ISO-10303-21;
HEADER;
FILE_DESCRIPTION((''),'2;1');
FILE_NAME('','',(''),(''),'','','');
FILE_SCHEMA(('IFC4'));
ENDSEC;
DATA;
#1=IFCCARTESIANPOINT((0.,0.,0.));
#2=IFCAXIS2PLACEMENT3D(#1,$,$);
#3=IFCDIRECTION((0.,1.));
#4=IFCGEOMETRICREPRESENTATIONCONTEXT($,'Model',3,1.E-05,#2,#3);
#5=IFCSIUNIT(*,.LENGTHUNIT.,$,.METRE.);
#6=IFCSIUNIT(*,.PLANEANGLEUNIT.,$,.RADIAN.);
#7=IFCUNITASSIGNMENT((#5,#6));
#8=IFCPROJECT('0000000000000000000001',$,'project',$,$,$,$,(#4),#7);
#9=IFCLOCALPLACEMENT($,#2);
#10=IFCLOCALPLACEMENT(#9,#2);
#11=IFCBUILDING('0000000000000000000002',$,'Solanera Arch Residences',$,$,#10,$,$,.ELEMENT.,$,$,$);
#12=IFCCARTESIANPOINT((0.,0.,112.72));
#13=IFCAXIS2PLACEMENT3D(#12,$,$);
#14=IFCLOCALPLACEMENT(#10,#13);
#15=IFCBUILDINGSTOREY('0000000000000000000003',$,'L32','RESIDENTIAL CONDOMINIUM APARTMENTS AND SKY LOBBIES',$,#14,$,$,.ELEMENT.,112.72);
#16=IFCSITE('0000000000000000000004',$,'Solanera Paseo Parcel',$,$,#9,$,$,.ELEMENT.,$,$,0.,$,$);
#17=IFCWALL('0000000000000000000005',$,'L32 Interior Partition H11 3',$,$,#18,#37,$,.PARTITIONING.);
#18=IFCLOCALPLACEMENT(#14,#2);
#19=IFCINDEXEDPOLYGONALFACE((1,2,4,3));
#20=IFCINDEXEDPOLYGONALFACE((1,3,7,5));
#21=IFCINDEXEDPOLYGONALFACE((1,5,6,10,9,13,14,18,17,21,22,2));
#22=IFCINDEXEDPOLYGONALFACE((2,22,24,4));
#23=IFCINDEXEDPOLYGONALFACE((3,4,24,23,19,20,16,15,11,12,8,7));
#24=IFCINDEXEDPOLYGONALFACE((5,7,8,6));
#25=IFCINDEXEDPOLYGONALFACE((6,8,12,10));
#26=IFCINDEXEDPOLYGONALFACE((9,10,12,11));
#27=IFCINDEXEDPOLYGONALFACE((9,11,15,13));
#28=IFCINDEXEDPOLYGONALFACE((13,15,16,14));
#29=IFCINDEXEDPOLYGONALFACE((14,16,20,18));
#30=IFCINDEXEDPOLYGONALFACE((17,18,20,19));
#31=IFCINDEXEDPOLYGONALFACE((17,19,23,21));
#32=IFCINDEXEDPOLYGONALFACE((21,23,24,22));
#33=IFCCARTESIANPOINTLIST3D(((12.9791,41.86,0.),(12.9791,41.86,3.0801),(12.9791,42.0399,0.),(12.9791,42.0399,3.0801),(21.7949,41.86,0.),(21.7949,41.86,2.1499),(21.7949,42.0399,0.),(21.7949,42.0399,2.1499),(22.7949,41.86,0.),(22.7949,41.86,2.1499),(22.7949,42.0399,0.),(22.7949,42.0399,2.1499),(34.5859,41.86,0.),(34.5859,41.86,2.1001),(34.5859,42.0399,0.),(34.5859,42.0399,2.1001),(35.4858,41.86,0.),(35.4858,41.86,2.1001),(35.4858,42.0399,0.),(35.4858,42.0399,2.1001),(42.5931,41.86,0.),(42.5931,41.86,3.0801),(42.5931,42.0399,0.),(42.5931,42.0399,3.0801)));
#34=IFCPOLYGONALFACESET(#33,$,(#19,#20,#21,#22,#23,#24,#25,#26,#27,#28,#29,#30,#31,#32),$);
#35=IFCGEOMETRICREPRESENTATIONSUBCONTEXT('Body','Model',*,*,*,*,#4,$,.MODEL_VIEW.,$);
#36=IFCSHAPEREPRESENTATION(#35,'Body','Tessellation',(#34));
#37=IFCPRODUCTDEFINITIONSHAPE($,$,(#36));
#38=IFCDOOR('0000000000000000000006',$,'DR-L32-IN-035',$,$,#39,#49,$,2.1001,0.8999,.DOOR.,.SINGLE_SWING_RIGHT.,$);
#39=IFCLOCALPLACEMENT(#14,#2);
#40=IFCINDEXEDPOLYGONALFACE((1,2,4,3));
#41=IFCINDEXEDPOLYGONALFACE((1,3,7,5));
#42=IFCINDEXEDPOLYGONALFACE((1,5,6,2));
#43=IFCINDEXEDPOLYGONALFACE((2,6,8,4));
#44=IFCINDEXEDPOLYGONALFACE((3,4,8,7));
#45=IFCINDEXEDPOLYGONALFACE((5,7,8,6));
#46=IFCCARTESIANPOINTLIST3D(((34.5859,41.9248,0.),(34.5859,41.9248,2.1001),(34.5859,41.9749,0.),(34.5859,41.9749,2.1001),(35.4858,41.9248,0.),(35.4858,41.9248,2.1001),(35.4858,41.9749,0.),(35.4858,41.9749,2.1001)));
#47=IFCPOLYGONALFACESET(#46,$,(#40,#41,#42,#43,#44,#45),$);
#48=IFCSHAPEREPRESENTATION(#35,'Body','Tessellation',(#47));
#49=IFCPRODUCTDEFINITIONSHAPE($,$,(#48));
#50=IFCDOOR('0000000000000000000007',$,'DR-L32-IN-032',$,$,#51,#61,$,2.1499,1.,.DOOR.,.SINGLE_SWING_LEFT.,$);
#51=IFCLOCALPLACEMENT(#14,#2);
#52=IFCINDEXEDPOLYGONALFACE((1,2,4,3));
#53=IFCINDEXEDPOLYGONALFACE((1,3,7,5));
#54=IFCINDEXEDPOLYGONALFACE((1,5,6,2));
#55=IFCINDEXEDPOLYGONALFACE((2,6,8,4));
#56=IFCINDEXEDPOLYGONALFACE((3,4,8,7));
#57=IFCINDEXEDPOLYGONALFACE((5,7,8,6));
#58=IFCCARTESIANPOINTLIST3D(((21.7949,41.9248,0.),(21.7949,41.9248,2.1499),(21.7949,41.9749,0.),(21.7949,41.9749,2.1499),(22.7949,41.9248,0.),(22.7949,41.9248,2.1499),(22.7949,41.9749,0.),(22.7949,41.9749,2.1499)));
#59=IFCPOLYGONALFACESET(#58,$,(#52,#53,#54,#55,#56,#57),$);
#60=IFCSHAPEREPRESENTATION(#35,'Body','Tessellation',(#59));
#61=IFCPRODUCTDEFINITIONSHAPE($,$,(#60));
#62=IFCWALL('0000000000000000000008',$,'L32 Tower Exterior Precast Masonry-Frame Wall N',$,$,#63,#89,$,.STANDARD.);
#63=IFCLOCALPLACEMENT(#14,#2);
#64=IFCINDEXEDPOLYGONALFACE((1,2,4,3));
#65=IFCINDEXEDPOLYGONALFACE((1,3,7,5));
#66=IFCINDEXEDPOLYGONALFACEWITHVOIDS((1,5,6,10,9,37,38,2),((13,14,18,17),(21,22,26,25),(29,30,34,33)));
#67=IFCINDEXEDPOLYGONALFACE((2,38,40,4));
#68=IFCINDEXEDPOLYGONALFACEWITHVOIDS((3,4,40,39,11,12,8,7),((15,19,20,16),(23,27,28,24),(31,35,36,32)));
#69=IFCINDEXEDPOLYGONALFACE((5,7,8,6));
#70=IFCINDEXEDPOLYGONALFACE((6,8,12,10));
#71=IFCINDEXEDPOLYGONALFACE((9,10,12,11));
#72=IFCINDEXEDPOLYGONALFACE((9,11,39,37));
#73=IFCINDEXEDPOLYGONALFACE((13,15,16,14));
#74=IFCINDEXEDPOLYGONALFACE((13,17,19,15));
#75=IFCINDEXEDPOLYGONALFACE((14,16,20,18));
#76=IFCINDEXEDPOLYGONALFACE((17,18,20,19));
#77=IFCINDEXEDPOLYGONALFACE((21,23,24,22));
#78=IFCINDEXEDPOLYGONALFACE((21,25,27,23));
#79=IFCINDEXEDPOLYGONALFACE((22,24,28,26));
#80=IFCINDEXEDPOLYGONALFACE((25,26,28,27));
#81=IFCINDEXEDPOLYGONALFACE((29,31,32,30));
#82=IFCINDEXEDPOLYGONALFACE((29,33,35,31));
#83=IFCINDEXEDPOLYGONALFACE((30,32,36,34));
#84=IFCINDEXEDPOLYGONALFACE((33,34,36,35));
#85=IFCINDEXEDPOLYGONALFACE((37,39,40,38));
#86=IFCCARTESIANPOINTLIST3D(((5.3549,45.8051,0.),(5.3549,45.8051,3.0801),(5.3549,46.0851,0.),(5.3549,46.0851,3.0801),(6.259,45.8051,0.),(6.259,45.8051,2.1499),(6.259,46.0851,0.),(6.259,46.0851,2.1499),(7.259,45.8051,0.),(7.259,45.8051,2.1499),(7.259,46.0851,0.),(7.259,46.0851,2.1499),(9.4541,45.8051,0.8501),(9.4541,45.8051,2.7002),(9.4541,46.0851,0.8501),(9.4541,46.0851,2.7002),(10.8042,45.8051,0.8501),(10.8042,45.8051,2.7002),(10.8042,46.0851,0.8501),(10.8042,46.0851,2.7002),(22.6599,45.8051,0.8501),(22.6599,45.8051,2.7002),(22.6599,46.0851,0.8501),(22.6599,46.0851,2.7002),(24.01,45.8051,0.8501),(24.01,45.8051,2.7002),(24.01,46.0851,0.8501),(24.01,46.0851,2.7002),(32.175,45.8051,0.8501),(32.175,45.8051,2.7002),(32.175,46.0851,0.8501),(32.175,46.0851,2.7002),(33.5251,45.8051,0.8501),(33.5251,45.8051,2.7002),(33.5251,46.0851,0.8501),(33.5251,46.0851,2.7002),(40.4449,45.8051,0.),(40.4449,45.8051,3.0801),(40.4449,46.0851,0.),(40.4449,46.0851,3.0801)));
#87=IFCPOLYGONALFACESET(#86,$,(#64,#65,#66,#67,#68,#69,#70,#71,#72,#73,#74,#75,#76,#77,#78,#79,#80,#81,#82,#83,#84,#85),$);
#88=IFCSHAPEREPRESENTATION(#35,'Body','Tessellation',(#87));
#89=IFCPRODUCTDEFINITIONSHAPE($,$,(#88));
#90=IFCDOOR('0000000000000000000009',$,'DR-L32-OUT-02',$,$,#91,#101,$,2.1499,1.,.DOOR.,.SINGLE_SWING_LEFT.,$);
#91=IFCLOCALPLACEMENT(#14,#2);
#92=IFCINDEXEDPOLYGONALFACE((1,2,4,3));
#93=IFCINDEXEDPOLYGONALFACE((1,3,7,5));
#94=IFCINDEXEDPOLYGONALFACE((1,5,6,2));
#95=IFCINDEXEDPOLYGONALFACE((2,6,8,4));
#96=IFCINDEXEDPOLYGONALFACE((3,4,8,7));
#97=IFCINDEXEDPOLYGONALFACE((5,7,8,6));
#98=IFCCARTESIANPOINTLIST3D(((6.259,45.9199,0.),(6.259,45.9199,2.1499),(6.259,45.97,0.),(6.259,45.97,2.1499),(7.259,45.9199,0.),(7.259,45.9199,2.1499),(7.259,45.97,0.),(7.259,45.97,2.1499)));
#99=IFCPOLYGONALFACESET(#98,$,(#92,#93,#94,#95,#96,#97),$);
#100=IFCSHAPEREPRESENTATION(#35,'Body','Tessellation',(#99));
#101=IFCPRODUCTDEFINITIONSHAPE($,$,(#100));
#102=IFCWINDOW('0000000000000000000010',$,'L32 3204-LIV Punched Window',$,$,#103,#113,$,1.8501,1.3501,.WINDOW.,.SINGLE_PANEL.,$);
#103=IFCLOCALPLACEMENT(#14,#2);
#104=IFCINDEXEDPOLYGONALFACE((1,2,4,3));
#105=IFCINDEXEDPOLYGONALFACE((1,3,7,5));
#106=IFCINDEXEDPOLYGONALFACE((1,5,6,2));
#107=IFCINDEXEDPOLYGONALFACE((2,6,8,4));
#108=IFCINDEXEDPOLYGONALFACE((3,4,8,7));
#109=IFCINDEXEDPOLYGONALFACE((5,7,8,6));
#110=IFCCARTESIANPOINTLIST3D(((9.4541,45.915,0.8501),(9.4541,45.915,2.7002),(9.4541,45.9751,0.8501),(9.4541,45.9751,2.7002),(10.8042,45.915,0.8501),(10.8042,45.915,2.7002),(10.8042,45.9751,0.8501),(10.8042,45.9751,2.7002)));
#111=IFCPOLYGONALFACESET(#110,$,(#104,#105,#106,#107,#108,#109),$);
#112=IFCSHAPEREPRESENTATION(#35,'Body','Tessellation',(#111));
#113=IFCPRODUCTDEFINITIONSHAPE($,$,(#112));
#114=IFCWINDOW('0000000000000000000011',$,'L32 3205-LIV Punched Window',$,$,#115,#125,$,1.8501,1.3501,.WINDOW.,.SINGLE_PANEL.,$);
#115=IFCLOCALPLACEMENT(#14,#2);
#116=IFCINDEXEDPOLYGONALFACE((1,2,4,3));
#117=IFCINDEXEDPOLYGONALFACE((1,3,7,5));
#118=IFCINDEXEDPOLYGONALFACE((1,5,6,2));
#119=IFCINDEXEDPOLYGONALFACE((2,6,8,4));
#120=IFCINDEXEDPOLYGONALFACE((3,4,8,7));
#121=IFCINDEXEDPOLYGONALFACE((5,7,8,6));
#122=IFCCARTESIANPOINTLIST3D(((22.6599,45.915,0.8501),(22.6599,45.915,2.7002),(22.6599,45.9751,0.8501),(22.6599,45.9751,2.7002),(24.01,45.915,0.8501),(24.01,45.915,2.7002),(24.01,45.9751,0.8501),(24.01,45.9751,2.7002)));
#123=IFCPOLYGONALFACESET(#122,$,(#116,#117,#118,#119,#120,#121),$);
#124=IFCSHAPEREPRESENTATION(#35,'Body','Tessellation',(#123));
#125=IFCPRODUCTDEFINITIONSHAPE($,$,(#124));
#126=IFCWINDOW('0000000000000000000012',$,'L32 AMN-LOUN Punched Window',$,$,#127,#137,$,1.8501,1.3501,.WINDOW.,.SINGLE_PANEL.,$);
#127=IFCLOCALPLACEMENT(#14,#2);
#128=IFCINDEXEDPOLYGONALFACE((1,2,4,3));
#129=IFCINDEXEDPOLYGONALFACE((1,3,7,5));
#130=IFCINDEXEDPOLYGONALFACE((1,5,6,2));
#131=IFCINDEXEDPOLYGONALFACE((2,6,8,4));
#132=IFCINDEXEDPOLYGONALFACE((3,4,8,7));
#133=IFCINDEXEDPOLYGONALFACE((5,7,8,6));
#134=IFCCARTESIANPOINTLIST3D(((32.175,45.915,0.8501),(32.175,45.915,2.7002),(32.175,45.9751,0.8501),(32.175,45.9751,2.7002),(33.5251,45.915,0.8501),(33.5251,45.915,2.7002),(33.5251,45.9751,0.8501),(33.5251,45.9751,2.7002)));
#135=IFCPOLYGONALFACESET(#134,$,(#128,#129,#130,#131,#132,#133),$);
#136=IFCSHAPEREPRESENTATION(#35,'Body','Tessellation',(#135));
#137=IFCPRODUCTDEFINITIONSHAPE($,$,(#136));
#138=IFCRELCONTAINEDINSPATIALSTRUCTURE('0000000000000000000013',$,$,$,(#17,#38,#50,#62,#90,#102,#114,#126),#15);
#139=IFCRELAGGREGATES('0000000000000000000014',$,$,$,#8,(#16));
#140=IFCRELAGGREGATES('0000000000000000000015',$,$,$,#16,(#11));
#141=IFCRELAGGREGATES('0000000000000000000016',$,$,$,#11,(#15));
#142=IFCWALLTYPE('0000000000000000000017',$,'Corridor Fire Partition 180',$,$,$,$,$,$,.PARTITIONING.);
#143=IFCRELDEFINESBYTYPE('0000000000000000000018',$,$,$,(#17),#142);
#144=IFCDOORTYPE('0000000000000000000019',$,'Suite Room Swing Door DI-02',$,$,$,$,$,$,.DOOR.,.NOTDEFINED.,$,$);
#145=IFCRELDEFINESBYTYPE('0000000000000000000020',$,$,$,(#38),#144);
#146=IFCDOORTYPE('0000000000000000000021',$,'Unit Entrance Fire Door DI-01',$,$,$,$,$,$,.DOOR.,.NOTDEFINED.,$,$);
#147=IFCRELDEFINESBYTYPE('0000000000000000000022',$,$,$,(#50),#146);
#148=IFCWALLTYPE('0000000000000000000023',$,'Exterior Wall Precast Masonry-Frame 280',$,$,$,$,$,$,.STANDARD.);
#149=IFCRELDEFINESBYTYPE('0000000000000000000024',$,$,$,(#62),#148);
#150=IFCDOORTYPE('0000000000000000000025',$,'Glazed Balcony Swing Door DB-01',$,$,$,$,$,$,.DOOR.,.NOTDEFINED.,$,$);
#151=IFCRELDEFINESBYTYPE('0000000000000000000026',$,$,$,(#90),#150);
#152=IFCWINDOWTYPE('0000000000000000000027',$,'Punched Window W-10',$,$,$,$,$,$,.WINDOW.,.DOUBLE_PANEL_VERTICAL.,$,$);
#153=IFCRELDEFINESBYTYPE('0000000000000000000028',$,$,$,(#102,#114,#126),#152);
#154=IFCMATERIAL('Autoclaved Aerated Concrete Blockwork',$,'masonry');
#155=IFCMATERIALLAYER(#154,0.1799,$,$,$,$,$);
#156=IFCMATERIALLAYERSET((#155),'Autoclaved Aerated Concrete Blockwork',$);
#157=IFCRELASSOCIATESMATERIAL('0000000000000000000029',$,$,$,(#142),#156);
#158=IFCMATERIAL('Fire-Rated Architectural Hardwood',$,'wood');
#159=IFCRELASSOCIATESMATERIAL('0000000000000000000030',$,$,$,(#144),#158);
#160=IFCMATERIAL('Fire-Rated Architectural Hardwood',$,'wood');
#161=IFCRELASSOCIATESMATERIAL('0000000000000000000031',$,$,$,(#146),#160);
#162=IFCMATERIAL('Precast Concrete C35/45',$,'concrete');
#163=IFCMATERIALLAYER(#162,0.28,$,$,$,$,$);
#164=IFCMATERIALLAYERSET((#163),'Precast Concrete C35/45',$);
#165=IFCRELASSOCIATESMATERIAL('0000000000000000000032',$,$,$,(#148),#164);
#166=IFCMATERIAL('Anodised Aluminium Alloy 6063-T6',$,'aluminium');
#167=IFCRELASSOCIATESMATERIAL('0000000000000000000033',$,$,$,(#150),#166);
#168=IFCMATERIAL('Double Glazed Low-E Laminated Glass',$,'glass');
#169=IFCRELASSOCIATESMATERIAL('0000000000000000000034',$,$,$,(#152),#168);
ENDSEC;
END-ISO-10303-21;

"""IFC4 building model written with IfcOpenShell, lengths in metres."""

from ifc_helpers import new_model, si_unit, direction, frame, frame_2d, origin, place, context, subcontext, project, spatial, rectangle, extrude, material, layer, layer_set, type_object, element, fill, save


model = new_model("IFC4")

# Units and contexts
model_context = context("Model", 3, precision=1e-05, world=origin(), true_north=direction((0.0, 1.0)))
body_context = subcontext(model_context, "Body", "Model", "MODEL_VIEW")
ifc_project = project(units=[si_unit("LENGTHUNIT", "METRE"), si_unit("PLANEANGLEUNIT", "RADIAN")], contexts=[model_context])

# Site, building, storey
site_placement = place(None, origin())
site = spatial("IfcSite", under=ifc_project, at=site_placement, Name="Solanera Paseo Parcel", CompositionType="ELEMENT", RefElevation=0.0)
building_placement = place(site_placement, origin())
building = spatial("IfcBuilding", under=site, at=building_placement, Name="Solanera Arch Residences", CompositionType="ELEMENT")
storey_placement = place(building_placement, frame((0.0, 0.0, 112.72)))
storey = spatial("IfcBuildingStorey", under=building, at=storey_placement, Name="L32", Description="RESIDENTIAL CONDOMINIUM APARTMENTS AND SKY LOBBIES", CompositionType="ELEMENT", Elevation=112.72)

# Wall, openings, doors
ifc_material_1 = material(Name="Autoclaved Aerated Concrete Blockwork", Category="masonry")
ifc_layer_1 = layer(ifc_material_1, 0.1799)
ifc_layer_set_1 = layer_set([ifc_layer_1], Name="Autoclaved Aerated Concrete Blockwork")
wall_type_1 = type_object("IfcWallType", Name="Corridor Fire Partition 180", PredefinedType="PARTITIONING", material=ifc_layer_set_1)
wall_1_placement = place(storey_placement, frame((12.979, 41.95, 0.0), z_axis=(0.0, 0.0, 1.0), x_axis=(1.0, 0.0, 0.0)))
wall_1 = element("IfcWall", 1, at=wall_1_placement, inside=storey, type_object=wall_type_1, Name="L32 Interior Partition H11 3", PredefinedType="PARTITIONING", context=body_context, shape_type="SweptSolid", body=[
    extrude(rectangle(XDim=29.614, YDim=0.1799, at=frame_2d((14.8071, 0.0))), origin(), (0.0, 0.0, 1.0), 3.0801),
])
opening_1_placement = place(wall_1_placement, frame((8.8159, 0.0, 0.0)))
opening_1 = element("IfcOpeningElement", 2, at=opening_1_placement, cuts=wall_1, PredefinedType="OPENING", context=body_context, shape_type="SweptSolid", body=[
    extrude(rectangle(XDim=1.0, YDim=2.1499, at=frame_2d((0.5, 1.075))), frame((0.0, 0.1001, 0.0), z_axis=(0.0, -1.0, 0.0), x_axis=(1.0, 0.0, 0.0)), (0.0, 0.0, 1.0), 0.1999),
])
opening_2_placement = place(wall_1_placement, frame((21.6069, 0.0, 0.0)))
opening_2 = element("IfcOpeningElement", 3, at=opening_2_placement, cuts=wall_1, PredefinedType="OPENING", context=body_context, shape_type="SweptSolid", body=[
    extrude(rectangle(XDim=0.8999, YDim=2.1001, at=frame_2d((0.45, 1.05))), frame((0.0, 0.1001, 0.0), z_axis=(0.0, -1.0, 0.0), x_axis=(1.0, 0.0, 0.0)), (0.0, 0.0, 1.0), 0.1999),
])
ifc_material_2 = material(Name="Fire-Rated Architectural Hardwood", Category="wood")
door_type_1 = type_object("IfcDoorType", Name="Suite Room Swing Door DI-02", OperationType="NOTDEFINED", PredefinedType="DOOR", material=ifc_material_2)
door_1_placement = place(opening_2_placement, origin())
door_1 = element("IfcDoor", 4, at=door_1_placement, inside=storey, type_object=door_type_1, Name="DR-L32-IN-035", OperationType="SINGLE_SWING_RIGHT", OverallHeight=2.1001, OverallWidth=0.8999, PredefinedType="DOOR", context=body_context, shape_type="SweptSolid", body=[
    extrude(rectangle(XDim=0.8999, YDim=2.1001, at=frame_2d((0.45, 1.05))), frame((0.0, 0.0249, 0.0), z_axis=(0.0, -1.0, 0.0), x_axis=(1.0, 0.0, 0.0)), (0.0, 0.0, 1.0), 0.05),
])
fill(opening_2, door_1)
ifc_material_3 = material(Name="Fire-Rated Architectural Hardwood", Category="wood")
door_type_2 = type_object("IfcDoorType", Name="Unit Entrance Fire Door DI-01", OperationType="NOTDEFINED", PredefinedType="DOOR", material=ifc_material_3)
door_2_placement = place(opening_1_placement, origin())
door_2 = element("IfcDoor", 5, at=door_2_placement, inside=storey, type_object=door_type_2, Name="DR-L32-IN-032", OperationType="SINGLE_SWING_LEFT", OverallHeight=2.1499, OverallWidth=1.0, PredefinedType="DOOR", context=body_context, shape_type="SweptSolid", body=[
    extrude(rectangle(XDim=1.0, YDim=2.1499, at=frame_2d((0.5, 1.075))), frame((0.0, 0.0249, 0.0), z_axis=(0.0, -1.0, 0.0), x_axis=(1.0, 0.0, 0.0)), (0.0, 0.0, 1.0), 0.05),
])
fill(opening_1, door_2)

# Wall, openings, door, windows
ifc_material_4 = material(Name="Precast Concrete C35/45", Category="concrete")
ifc_layer_2 = layer(ifc_material_4, 0.28)
ifc_layer_set_2 = layer_set([ifc_layer_2], Name="Precast Concrete C35/45")
wall_type_2 = type_object("IfcWallType", Name="Exterior Wall Precast Masonry-Frame 280", PredefinedType="STANDARD", material=ifc_layer_set_2)
wall_2_placement = place(storey_placement, frame((5.355, 45.9451, 0.0), z_axis=(0.0, 0.0, 1.0), x_axis=(1.0, 0.0, 0.0)))
wall_2 = element("IfcWall", 6, at=wall_2_placement, inside=storey, type_object=wall_type_2, Name="L32 Tower Exterior Precast Masonry-Frame Wall N", PredefinedType="STANDARD", context=body_context, shape_type="SweptSolid", body=[
    extrude(rectangle(XDim=35.0901, YDim=0.28, at=frame_2d((17.5449, 0.0))), origin(), (0.0, 0.0, 1.0), 3.0801),
])
opening_3_placement = place(wall_2_placement, frame((0.9041, 0.0, 0.0)))
opening_3 = element("IfcOpeningElement", 7, at=opening_3_placement, cuts=wall_2, PredefinedType="OPENING", context=body_context, shape_type="SweptSolid", body=[
    extrude(rectangle(XDim=1.0, YDim=2.1499, at=frame_2d((0.5, 1.075))), frame((0.0, 0.1499, 0.0), z_axis=(0.0, -1.0, 0.0), x_axis=(1.0, 0.0, 0.0)), (0.0, 0.0, 1.0), 0.3),
])
opening_4_placement = place(wall_2_placement, frame((4.0991, 0.0, 0.8501)))
opening_4 = element("IfcOpeningElement", 8, at=opening_4_placement, cuts=wall_2, PredefinedType="OPENING", context=body_context, shape_type="SweptSolid", body=[
    extrude(rectangle(XDim=1.3501, YDim=1.8501, at=frame_2d((0.675, 0.925))), frame((0.0, 0.1499, 0.0), z_axis=(0.0, -1.0, 0.0), x_axis=(1.0, 0.0, 0.0)), (0.0, 0.0, 1.0), 0.3),
])
opening_5_placement = place(wall_2_placement, frame((17.3049, 0.0, 0.8501)))
opening_5 = element("IfcOpeningElement", 9, at=opening_5_placement, cuts=wall_2, PredefinedType="OPENING", context=body_context, shape_type="SweptSolid", body=[
    extrude(rectangle(XDim=1.3501, YDim=1.8501, at=frame_2d((0.675, 0.925))), frame((0.0, 0.1499, 0.0), z_axis=(0.0, -1.0, 0.0), x_axis=(1.0, 0.0, 0.0)), (0.0, 0.0, 1.0), 0.3),
])
opening_6_placement = place(wall_2_placement, frame((26.8201, 0.0, 0.8501)))
opening_6 = element("IfcOpeningElement", 10, at=opening_6_placement, cuts=wall_2, PredefinedType="OPENING", context=body_context, shape_type="SweptSolid", body=[
    extrude(rectangle(XDim=1.3501, YDim=1.8501, at=frame_2d((0.675, 0.925))), frame((0.0, 0.1499, 0.0), z_axis=(0.0, -1.0, 0.0), x_axis=(1.0, 0.0, 0.0)), (0.0, 0.0, 1.0), 0.3),
])
ifc_material_5 = material(Name="Anodised Aluminium Alloy 6063-T6", Category="aluminium")
door_type_3 = type_object("IfcDoorType", Name="Glazed Balcony Swing Door DB-01", OperationType="NOTDEFINED", PredefinedType="DOOR", material=ifc_material_5)
door_3_placement = place(opening_3_placement, origin())
door_3 = element("IfcDoor", 11, at=door_3_placement, inside=storey, type_object=door_type_3, Name="DR-L32-OUT-02", OperationType="SINGLE_SWING_LEFT", OverallHeight=2.1499, OverallWidth=1.0, PredefinedType="DOOR", context=body_context, shape_type="SweptSolid", body=[
    extrude(rectangle(XDim=1.0, YDim=2.1499, at=frame_2d((0.5, 1.075))), frame((0.0, 0.0249, 0.0), z_axis=(0.0, -1.0, 0.0), x_axis=(1.0, 0.0, 0.0)), (0.0, 0.0, 1.0), 0.05),
])
fill(opening_3, door_3)
ifc_material_6 = material(Name="Double Glazed Low-E Laminated Glass", Category="glass")
window_type = type_object("IfcWindowType", Name="Punched Window W-10", PartitioningType="DOUBLE_PANEL_VERTICAL", PredefinedType="WINDOW", material=ifc_material_6)
window_1_placement = place(opening_4_placement, origin())
window_1 = element("IfcWindow", 12, at=window_1_placement, inside=storey, type_object=window_type, Name="L32 3204-LIV Punched Window", OverallHeight=1.8501, OverallWidth=1.3501, PartitioningType="SINGLE_PANEL", PredefinedType="WINDOW", context=body_context, shape_type="SweptSolid", body=[
    extrude(rectangle(XDim=1.3501, YDim=1.8501, at=frame_2d((0.675, 0.925))), frame((0.0, 0.03, 0.0), z_axis=(0.0, -1.0, 0.0), x_axis=(1.0, 0.0, 0.0)), (0.0, 0.0, 1.0), 0.0601),
])
fill(opening_4, window_1)
window_2_placement = place(opening_5_placement, origin())
window_2 = element("IfcWindow", 13, at=window_2_placement, inside=storey, type_object=window_type, Name="L32 3205-LIV Punched Window", OverallHeight=1.8501, OverallWidth=1.3501, PartitioningType="SINGLE_PANEL", PredefinedType="WINDOW", context=body_context, shape_type="SweptSolid", body=[
    extrude(rectangle(XDim=1.3501, YDim=1.8501, at=frame_2d((0.675, 0.925))), frame((0.0, 0.03, 0.0), z_axis=(0.0, -1.0, 0.0), x_axis=(1.0, 0.0, 0.0)), (0.0, 0.0, 1.0), 0.0601),
])
fill(opening_5, window_2)
window_3_placement = place(opening_6_placement, origin())
window_3 = element("IfcWindow", 14, at=window_3_placement, inside=storey, type_object=window_type, Name="L32 AMN-LOUN Punched Window", OverallHeight=1.8501, OverallWidth=1.3501, PartitioningType="SINGLE_PANEL", PredefinedType="WINDOW", context=body_context, shape_type="SweptSolid", body=[
    extrude(rectangle(XDim=1.3501, YDim=1.8501, at=frame_2d((0.675, 0.925))), frame((0.0, 0.03, 0.0), z_axis=(0.0, -1.0, 0.0), x_axis=(1.0, 0.0, 0.0)), (0.0, 0.0, 1.0), 0.0601),
])
fill(opening_6, window_3)

save(model, "model.ifc")
